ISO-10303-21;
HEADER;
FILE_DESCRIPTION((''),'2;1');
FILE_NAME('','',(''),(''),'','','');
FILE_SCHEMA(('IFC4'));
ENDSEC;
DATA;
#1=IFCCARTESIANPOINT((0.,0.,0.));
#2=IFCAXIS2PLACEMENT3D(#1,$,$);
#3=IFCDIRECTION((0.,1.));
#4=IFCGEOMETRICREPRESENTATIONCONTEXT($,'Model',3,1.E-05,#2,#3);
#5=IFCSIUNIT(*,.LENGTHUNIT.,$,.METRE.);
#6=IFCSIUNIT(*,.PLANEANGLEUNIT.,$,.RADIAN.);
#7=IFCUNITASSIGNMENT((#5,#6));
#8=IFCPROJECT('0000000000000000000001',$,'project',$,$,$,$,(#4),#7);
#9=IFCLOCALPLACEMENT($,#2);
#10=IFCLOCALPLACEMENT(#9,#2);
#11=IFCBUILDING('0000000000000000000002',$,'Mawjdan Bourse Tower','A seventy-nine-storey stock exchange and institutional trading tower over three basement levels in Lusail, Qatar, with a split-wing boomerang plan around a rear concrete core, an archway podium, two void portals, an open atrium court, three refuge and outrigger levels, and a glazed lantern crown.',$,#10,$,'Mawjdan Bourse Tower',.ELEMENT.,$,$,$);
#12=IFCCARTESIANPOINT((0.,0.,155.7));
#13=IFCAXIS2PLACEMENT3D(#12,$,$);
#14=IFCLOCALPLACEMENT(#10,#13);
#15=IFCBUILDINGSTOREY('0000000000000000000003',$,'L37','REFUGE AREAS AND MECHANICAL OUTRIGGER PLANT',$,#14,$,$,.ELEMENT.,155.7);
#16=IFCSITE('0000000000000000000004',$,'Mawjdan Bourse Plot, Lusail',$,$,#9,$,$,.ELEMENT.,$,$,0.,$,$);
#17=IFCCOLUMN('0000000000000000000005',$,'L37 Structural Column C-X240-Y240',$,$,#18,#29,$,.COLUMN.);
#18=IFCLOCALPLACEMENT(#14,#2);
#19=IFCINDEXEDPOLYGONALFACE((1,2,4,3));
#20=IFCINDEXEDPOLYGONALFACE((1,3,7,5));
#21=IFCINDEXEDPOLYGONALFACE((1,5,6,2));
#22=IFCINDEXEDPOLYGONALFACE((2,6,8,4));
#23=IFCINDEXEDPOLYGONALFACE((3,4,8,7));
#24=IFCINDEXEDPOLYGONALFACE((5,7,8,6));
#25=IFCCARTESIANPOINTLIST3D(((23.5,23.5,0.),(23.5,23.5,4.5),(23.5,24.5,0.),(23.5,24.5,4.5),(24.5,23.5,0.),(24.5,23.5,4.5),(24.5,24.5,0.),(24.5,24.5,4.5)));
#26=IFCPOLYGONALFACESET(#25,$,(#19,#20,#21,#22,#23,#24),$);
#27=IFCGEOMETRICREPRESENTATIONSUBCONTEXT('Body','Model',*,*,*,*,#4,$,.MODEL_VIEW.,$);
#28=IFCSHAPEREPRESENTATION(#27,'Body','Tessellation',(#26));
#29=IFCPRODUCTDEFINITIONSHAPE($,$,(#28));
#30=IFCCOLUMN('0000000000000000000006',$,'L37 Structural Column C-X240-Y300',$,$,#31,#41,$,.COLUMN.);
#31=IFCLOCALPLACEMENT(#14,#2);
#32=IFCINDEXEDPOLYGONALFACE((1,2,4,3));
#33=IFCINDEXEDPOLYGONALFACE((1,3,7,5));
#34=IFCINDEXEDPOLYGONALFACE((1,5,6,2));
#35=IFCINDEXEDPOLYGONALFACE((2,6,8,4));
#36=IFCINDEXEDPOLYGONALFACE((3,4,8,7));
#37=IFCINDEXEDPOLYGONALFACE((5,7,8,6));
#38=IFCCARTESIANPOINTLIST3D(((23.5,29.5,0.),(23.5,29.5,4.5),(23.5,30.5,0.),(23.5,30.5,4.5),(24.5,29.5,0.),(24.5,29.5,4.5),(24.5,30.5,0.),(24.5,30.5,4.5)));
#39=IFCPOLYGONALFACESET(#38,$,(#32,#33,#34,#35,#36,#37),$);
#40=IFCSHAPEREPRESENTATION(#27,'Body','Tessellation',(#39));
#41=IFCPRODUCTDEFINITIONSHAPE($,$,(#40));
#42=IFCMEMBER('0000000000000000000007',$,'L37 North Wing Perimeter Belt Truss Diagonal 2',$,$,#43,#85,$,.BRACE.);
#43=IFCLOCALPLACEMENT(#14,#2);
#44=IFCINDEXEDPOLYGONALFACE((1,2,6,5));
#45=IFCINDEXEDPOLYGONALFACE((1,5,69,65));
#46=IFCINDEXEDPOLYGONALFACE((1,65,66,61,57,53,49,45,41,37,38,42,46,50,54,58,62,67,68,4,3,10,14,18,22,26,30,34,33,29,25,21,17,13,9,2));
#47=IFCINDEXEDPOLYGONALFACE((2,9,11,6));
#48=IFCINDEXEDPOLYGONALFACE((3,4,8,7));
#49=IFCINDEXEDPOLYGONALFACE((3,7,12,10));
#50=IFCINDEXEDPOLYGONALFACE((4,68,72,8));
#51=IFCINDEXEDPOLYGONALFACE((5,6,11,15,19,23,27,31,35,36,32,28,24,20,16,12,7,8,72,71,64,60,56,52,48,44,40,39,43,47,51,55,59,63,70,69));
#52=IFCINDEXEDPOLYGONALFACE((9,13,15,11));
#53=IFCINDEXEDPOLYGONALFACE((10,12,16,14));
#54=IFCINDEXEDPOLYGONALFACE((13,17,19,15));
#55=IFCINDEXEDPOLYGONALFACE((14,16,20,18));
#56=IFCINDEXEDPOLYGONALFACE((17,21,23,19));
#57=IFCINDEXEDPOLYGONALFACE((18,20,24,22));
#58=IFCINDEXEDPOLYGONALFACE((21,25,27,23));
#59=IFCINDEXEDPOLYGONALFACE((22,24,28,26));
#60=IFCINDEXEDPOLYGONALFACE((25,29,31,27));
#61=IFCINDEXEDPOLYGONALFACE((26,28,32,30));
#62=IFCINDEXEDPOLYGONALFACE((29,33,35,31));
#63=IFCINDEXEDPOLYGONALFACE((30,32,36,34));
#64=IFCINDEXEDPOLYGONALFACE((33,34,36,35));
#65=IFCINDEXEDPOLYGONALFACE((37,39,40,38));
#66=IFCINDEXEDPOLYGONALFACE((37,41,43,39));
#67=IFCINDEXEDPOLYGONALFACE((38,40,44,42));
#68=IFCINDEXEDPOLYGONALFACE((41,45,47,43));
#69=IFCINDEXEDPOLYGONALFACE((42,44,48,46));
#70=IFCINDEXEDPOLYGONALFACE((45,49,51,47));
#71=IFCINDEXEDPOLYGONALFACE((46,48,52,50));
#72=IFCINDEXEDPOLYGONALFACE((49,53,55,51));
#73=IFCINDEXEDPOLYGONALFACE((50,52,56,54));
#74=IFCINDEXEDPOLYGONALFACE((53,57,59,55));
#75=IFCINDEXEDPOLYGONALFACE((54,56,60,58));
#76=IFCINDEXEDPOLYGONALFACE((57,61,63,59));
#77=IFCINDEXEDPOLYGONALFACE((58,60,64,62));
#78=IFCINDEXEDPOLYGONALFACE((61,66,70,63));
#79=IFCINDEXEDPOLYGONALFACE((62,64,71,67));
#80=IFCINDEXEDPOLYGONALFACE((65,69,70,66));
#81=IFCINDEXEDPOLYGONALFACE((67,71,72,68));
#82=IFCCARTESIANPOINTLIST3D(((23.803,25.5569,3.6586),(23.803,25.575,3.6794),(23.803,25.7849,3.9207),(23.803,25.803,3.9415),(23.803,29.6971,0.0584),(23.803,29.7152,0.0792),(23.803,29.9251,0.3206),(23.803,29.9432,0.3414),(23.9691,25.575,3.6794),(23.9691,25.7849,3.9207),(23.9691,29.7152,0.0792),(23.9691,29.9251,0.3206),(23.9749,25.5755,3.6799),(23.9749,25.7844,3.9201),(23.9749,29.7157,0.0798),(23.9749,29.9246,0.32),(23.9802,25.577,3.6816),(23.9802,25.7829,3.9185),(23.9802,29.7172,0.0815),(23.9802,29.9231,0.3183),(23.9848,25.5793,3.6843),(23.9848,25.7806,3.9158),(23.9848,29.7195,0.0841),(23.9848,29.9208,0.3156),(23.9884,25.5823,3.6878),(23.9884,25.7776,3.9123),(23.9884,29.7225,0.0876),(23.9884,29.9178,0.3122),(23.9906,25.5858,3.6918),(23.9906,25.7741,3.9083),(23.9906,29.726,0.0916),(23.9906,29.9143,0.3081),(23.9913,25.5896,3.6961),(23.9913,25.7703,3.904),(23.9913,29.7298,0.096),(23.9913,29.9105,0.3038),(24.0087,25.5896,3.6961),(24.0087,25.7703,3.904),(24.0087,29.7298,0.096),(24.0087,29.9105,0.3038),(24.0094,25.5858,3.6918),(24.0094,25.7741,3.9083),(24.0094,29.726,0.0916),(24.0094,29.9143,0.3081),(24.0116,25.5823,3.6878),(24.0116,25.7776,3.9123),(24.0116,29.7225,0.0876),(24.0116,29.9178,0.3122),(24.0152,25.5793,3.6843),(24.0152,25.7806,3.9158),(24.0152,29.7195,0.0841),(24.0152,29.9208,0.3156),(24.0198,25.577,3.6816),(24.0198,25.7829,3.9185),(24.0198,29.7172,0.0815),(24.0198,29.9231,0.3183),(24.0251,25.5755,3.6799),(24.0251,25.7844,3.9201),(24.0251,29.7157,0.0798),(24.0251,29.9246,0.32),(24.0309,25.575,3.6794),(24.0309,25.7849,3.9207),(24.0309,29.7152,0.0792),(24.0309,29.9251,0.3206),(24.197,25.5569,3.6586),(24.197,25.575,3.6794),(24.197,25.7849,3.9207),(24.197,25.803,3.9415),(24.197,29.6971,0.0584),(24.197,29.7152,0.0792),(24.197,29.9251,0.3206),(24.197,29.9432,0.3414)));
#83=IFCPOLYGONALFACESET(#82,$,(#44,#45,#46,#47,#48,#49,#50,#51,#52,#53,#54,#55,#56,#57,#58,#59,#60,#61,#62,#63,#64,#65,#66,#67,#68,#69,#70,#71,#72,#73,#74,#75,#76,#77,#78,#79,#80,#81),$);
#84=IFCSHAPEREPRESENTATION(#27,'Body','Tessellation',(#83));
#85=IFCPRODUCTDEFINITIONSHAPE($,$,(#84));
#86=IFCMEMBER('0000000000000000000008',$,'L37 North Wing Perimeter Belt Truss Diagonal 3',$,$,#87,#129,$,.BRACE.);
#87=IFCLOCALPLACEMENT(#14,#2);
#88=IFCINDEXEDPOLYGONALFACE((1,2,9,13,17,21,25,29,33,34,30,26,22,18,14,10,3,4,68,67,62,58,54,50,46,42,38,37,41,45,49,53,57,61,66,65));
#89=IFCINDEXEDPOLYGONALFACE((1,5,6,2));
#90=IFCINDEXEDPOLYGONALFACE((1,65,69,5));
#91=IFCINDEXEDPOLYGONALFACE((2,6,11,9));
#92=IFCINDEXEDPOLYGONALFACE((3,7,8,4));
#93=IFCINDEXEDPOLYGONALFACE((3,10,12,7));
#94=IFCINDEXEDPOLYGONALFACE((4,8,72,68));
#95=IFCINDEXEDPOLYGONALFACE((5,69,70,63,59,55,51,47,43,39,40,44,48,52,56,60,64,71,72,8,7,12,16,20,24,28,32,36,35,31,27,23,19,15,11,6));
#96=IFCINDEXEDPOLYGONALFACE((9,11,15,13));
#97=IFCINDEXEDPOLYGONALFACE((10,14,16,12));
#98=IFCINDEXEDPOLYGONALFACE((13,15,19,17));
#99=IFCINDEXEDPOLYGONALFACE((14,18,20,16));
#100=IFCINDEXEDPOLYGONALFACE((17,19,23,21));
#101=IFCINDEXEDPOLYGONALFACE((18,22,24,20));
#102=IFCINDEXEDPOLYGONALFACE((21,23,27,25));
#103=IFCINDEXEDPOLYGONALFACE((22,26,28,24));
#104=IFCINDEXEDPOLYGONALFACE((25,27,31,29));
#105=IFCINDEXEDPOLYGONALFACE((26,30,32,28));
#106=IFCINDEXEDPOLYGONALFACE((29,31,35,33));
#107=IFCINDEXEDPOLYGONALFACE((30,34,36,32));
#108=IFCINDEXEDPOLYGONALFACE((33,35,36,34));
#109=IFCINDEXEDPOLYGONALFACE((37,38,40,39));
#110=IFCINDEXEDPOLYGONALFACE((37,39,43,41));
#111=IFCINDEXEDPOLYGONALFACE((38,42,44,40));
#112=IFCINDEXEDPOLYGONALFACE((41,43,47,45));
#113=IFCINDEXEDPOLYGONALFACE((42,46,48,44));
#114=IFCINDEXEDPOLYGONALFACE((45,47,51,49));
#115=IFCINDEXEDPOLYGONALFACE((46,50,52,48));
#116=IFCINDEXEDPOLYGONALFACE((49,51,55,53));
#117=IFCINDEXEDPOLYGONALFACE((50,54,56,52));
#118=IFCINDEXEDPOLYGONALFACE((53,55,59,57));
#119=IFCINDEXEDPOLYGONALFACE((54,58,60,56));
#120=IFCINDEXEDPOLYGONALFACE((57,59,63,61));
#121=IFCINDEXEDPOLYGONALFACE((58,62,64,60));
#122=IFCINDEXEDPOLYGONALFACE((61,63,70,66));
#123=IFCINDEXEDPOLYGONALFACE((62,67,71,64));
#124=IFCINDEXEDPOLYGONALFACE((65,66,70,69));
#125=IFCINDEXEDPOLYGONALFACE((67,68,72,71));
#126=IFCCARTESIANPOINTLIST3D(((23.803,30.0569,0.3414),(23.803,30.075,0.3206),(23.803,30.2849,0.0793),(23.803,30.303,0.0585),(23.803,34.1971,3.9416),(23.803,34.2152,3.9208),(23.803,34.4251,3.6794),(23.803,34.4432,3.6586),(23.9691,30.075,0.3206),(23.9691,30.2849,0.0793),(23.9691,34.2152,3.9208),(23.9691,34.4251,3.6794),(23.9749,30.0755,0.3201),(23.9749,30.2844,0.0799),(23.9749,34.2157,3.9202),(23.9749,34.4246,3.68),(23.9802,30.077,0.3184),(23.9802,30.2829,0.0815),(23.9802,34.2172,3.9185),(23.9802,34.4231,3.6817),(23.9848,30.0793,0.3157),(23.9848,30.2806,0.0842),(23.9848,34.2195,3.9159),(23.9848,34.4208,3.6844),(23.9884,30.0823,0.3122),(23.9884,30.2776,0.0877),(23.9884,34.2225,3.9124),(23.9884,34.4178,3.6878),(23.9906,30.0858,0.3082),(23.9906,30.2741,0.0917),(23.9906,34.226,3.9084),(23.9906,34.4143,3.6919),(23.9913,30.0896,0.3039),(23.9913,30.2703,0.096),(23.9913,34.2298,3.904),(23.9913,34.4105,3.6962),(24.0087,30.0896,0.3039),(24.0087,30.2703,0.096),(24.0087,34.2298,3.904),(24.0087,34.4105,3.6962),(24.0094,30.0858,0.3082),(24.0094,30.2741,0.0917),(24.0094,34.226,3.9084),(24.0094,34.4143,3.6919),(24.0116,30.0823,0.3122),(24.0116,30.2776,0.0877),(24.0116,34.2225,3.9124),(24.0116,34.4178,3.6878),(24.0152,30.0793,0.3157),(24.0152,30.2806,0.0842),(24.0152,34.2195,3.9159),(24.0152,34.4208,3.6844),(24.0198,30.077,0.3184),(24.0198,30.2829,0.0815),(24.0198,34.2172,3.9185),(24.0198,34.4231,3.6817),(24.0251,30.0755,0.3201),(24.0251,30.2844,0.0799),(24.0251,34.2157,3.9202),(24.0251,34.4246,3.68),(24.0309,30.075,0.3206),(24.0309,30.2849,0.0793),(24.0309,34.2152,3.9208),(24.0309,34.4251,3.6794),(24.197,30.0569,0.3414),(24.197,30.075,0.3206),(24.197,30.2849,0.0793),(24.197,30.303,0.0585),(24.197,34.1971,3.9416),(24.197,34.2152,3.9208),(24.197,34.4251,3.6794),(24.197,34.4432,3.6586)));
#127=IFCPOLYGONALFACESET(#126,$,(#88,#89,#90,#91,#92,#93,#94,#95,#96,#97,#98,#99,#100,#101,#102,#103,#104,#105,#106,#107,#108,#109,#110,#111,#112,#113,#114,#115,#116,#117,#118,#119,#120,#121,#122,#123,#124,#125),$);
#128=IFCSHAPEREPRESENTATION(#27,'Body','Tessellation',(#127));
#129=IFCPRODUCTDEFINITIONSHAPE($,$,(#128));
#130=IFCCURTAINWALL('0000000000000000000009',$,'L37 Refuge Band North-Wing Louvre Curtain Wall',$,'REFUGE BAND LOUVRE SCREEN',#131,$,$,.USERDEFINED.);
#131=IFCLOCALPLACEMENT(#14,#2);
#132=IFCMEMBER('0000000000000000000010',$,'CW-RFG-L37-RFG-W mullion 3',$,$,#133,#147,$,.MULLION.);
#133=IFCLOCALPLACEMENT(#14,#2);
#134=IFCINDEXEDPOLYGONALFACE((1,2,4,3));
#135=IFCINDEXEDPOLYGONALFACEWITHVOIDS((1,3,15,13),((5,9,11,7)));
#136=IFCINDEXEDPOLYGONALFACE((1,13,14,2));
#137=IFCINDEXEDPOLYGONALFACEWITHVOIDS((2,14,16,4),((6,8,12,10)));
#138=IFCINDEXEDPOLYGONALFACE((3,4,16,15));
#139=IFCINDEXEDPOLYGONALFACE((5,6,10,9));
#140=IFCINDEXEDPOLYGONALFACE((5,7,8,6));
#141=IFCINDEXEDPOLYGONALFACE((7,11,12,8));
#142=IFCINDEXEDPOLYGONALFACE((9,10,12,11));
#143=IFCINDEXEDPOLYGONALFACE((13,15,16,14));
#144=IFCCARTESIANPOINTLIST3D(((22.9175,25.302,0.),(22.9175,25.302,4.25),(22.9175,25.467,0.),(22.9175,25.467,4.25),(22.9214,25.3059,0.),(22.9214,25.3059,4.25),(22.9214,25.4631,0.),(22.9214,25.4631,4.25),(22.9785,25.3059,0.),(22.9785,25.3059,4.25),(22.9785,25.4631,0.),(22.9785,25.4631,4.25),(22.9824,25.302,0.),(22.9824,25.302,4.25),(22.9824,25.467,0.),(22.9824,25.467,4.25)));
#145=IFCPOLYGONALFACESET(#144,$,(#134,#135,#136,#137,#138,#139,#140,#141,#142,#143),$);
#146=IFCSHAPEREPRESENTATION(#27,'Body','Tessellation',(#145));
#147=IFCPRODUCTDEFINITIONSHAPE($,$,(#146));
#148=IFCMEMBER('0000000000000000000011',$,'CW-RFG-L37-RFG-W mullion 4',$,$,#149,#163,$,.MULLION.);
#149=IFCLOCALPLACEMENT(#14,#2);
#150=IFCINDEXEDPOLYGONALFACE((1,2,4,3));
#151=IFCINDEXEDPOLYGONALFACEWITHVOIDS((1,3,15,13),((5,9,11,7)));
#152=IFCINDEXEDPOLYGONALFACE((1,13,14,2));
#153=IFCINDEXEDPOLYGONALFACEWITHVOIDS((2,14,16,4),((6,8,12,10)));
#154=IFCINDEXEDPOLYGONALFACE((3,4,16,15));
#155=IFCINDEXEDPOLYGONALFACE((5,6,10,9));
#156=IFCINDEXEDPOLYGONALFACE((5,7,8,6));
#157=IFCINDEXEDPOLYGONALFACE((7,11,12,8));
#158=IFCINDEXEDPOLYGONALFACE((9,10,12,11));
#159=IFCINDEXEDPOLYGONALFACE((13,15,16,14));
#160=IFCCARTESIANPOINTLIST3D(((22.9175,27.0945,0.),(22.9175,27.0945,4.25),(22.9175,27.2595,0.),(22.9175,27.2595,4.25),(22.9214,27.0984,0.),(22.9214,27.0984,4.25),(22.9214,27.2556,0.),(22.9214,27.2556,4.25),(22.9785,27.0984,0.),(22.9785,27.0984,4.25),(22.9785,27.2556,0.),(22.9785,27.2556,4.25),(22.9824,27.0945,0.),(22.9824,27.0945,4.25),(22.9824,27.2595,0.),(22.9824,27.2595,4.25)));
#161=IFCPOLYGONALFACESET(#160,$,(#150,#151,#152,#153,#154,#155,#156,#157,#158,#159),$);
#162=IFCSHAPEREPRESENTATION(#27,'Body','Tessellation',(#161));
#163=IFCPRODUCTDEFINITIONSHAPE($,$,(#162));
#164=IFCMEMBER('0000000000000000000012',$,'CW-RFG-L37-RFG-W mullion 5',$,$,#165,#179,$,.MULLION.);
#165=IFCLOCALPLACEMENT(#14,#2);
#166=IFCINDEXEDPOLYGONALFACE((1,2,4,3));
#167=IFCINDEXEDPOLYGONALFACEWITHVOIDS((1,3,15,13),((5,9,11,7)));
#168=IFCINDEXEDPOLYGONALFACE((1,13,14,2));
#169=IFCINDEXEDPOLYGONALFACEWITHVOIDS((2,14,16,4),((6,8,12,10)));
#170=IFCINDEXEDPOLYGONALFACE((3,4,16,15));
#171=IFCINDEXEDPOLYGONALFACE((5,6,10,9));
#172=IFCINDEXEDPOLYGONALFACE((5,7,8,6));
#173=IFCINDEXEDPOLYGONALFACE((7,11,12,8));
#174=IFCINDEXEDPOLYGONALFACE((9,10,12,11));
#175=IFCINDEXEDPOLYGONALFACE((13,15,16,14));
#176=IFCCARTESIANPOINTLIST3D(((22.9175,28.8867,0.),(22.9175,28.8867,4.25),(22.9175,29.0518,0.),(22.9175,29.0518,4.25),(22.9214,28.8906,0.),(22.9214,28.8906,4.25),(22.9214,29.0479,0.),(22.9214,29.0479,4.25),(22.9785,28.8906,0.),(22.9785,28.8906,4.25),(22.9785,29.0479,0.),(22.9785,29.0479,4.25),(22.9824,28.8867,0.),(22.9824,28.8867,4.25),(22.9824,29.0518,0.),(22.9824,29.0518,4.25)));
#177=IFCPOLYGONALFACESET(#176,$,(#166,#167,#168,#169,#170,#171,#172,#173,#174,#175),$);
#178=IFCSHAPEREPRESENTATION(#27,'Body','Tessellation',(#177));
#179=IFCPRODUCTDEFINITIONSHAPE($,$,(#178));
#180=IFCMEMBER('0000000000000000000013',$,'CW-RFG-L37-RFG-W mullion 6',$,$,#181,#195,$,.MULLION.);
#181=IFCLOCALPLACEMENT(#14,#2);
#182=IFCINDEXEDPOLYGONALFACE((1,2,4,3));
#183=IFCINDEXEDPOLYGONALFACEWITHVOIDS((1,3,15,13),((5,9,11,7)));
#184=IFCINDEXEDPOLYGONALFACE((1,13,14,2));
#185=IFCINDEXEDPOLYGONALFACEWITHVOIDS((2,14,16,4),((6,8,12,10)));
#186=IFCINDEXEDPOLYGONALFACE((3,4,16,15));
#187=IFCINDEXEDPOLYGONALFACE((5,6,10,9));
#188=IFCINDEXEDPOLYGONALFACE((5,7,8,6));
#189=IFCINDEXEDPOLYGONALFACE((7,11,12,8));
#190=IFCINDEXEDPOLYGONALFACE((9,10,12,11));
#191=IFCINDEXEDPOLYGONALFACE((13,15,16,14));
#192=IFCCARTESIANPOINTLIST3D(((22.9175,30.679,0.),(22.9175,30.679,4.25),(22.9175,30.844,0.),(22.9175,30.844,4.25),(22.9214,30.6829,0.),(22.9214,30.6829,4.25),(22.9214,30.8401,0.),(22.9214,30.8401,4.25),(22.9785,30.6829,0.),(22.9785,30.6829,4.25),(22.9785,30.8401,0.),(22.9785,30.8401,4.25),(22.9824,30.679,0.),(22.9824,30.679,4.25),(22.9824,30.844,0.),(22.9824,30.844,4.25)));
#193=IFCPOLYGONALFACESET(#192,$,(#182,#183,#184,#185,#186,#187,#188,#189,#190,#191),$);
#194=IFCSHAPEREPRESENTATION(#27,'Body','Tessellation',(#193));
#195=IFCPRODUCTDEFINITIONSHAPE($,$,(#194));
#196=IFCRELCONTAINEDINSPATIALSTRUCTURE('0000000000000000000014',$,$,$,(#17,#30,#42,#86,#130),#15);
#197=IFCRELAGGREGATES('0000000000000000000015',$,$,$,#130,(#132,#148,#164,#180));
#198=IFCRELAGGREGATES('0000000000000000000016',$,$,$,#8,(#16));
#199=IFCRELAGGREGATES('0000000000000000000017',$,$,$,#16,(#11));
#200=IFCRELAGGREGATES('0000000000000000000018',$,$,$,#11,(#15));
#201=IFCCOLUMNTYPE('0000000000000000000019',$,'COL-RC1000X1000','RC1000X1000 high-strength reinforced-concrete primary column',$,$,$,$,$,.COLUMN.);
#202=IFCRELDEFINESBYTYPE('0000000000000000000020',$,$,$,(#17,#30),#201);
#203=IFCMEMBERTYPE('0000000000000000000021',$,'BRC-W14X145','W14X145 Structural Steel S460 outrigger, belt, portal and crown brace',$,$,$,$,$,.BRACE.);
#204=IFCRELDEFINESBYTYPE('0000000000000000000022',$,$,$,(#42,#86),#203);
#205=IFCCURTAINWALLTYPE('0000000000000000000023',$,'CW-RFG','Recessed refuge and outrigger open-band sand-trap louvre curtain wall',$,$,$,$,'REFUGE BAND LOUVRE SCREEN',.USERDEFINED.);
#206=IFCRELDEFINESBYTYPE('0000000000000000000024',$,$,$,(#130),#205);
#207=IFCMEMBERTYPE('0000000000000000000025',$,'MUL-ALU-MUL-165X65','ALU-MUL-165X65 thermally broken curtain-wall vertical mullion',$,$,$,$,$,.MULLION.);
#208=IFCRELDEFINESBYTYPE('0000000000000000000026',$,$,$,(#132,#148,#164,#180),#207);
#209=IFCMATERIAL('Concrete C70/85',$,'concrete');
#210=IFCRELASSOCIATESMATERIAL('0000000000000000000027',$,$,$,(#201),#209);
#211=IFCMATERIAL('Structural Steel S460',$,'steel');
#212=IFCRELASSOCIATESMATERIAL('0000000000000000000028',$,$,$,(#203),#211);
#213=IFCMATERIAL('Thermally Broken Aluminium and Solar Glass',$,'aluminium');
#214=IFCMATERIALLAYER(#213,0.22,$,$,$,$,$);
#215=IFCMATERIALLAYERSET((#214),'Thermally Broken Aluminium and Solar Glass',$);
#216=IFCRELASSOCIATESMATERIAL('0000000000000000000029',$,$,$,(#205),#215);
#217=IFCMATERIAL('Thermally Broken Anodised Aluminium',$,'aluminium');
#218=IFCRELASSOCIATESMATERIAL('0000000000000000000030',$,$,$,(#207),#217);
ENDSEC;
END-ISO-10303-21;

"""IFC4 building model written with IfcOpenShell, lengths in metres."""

from ifc_helpers import new_model, si_unit, direction, frame, origin, origin_2d, place, context, subcontext, project, spatial, rectangle, hollow_rectangle, i_section, extrude, material, layer, layer_set, material_profile, profile_set, type_object, element, aggregate, save


model = new_model("IFC4")

# Units and contexts
model_context = context("Model", 3, precision=1e-05, world=origin(), true_north=direction((0.0, 1.0)))
body_context = subcontext(model_context, "Body", "Model", "MODEL_VIEW")
ifc_project = project(units=[si_unit("LENGTHUNIT", "METRE"), si_unit("PLANEANGLEUNIT", "RADIAN")], contexts=[model_context])

# Site, building, storey
site_placement = place(None, origin())
site = spatial("IfcSite", under=ifc_project, at=site_placement, Name="Mawjdan Bourse Plot, Lusail", CompositionType="ELEMENT", RefElevation=0.0)
building_placement = place(site_placement, origin())
building = spatial("IfcBuilding", under=site, at=building_placement, Name="Mawjdan Bourse Tower", Description="A seventy-nine-storey stock exchange and institutional trading tower over three basement levels in Lusail, Qatar, with a split-wing boomerang plan around a rear concrete core, an archway podium, two void portals, an open atrium court, three refuge and outrigger levels, and a glazed lantern crown.", LongName="Mawjdan Bourse Tower", CompositionType="ELEMENT")
storey_placement = place(building_placement, frame((0.0, 0.0, 155.7)))
storey = spatial("IfcBuildingStorey", under=building, at=storey_placement, Name="L37", Description="REFUGE AREAS AND MECHANICAL OUTRIGGER PLANT", CompositionType="ELEMENT", Elevation=155.7)

# Columns
ifc_material_1 = material(Name="Concrete C70/85", Category="concrete")
ifc_material_profile_1 = material_profile(ifc_material_1, rectangle(XDim=1.0, YDim=1.0, at=origin_2d()), Name="RC1000X1000")
ifc_profile_set_1 = profile_set([ifc_material_profile_1], Name="Concrete C70/85")
column_type = type_object("IfcColumnType", Name="COL-RC1000X1000", Description="RC1000X1000 high-strength reinforced-concrete primary column", PredefinedType="COLUMN", material=ifc_profile_set_1)
for number, where, z_axis, x_axis, name in (
    (1, (24.0, 24.0, 0.0), (0.0, 0.0, 1.0), (1.0, 0.0, 0.0), "L37 Structural Column C-X240-Y240"),
    (2, (24.0, 30.0, 0.0), (0.0, 0.0, 1.0), (1.0, 0.0, 0.0), "L37 Structural Column C-X240-Y300"),
):
    element("IfcColumn", number, at=place(storey_placement, frame(where, z_axis=z_axis, x_axis=x_axis)), inside=storey, type_object=column_type, Name=name, PredefinedType="COLUMN", context=body_context, shape_type="SweptSolid", body=[
        extrude(rectangle(XDim=1.0, YDim=1.0, at=origin_2d()), origin(), (0.0, 0.0, 1.0), 4.5),
    ])

# Members
ifc_material_2 = material(Name="Structural Steel S460", Category="steel")
ifc_material_profile_2 = material_profile(ifc_material_2, i_section(OverallWidth=0.394, OverallDepth=0.375, WebThickness=0.0173, FlangeThickness=0.0276, FilletRadius=0.0222, at=origin_2d()), Name="W14X145")
ifc_profile_set_2 = profile_set([ifc_material_profile_2], Name="Structural Steel S460")
member_type_1 = type_object("IfcMemberType", Name="BRC-W14X145", Description="W14X145 Structural Steel S460 outrigger, belt, portal and crown brace", PredefinedType="BRACE", material=ifc_profile_set_2)
for number, where, z_axis, x_axis, name in (
    (3, (24.0, 25.6799, 3.8), (0.0, 0.754607, -0.656177), (-1.0, 0.0, 0.0), "L37 North Wing Perimeter Belt Truss Diagonal 2"),
    (4, (24.0, 30.1799, 0.2), (0.0, 0.754607, 0.656177), (-1.0, 0.0, 0.0), "L37 North Wing Perimeter Belt Truss Diagonal 3"),
):
    element("IfcMember", number, at=place(storey_placement, frame(where, z_axis=z_axis, x_axis=x_axis)), inside=storey, type_object=member_type_1, Name=name, PredefinedType="BRACE", context=body_context, shape_type="SweptSolid", body=[
        extrude(i_section(OverallWidth=0.394, OverallDepth=0.375, WebThickness=0.0173, FlangeThickness=0.0276, FilletRadius=0.0222, at=origin_2d()), origin(), (0.0, 0.0, 1.0), 5.4866),
    ])

# Curtain wall, members
ifc_material_3 = material(Name="Thermally Broken Aluminium and Solar Glass", Category="aluminium")
ifc_layer_1 = layer(ifc_material_3, 0.22)
ifc_layer_set_1 = layer_set([ifc_layer_1], Name="Thermally Broken Aluminium and Solar Glass")
curtain_wall_type = type_object("IfcCurtainWallType", Name="CW-RFG", Description="Recessed refuge and outrigger open-band sand-trap louvre curtain wall", ElementType="REFUGE BAND LOUVRE SCREEN", PredefinedType="USERDEFINED", material=ifc_layer_set_1)
curtain_wall_placement = place(storey_placement, origin())
curtain_wall = element("IfcCurtainWall", 5, at=curtain_wall_placement, inside=storey, type_object=curtain_wall_type, Name="L37 Refuge Band North-Wing Louvre Curtain Wall", ObjectType="REFUGE BAND LOUVRE SCREEN", PredefinedType="USERDEFINED")
ifc_material_4 = material(Name="Thermally Broken Anodised Aluminium", Category="aluminium")
ifc_material_profile_3 = material_profile(ifc_material_4, hollow_rectangle(XDim=0.0649, YDim=0.165, WallThickness=0.0039, at=origin_2d()), Name="ALU-MUL-165X65")
ifc_profile_set_3 = profile_set([ifc_material_profile_3], Name="Thermally Broken Anodised Aluminium")
member_type_2 = type_object("IfcMemberType", Name="MUL-ALU-MUL-165X65", Description="ALU-MUL-165X65 thermally broken curtain-wall vertical mullion", PredefinedType="MULLION", material=ifc_profile_set_3)
member_1_placement = place(storey_placement, frame((22.95, 25.3845, 0.0), z_axis=(0.0, 0.0, 1.0), x_axis=(-1.0, 0.0, 0.0)))
member_1 = element("IfcMember", 6, at=member_1_placement, type_object=member_type_2, Name="CW-RFG-L37-RFG-W mullion 3", PredefinedType="MULLION", context=body_context, shape_type="SweptSolid", body=[
    extrude(hollow_rectangle(XDim=0.0649, YDim=0.165, WallThickness=0.0039, at=origin_2d()), origin(), (0.0, 0.0, 1.0), 4.25),
])
member_2_placement = place(storey_placement, frame((22.95, 27.177, 0.0), z_axis=(0.0, 0.0, 1.0), x_axis=(-1.0, 0.0, 0.0)))
member_2 = element("IfcMember", 7, at=member_2_placement, type_object=member_type_2, Name="CW-RFG-L37-RFG-W mullion 4", PredefinedType="MULLION", context=body_context, shape_type="SweptSolid", body=[
    extrude(hollow_rectangle(XDim=0.0649, YDim=0.165, WallThickness=0.0039, at=origin_2d()), origin(), (0.0, 0.0, 1.0), 4.25),
])
member_3_placement = place(storey_placement, frame((22.95, 28.9692, 0.0), z_axis=(0.0, 0.0, 1.0), x_axis=(-1.0, 0.0, 0.0)))
member_3 = element("IfcMember", 8, at=member_3_placement, type_object=member_type_2, Name="CW-RFG-L37-RFG-W mullion 5", PredefinedType="MULLION", context=body_context, shape_type="SweptSolid", body=[
    extrude(hollow_rectangle(XDim=0.0649, YDim=0.165, WallThickness=0.0039, at=origin_2d()), origin(), (0.0, 0.0, 1.0), 4.25),
])
member_4_placement = place(storey_placement, frame((22.95, 30.7615, 0.0), z_axis=(0.0, 0.0, 1.0), x_axis=(-1.0, 0.0, 0.0)))
member_4 = element("IfcMember", 9, at=member_4_placement, type_object=member_type_2, Name="CW-RFG-L37-RFG-W mullion 6", PredefinedType="MULLION", context=body_context, shape_type="SweptSolid", body=[
    extrude(hollow_rectangle(XDim=0.0649, YDim=0.165, WallThickness=0.0039, at=origin_2d()), origin(), (0.0, 0.0, 1.0), 4.25),
])

aggregate(curtain_wall, [member_1, member_2, member_3, member_4])

save(model, "model.ifc")
